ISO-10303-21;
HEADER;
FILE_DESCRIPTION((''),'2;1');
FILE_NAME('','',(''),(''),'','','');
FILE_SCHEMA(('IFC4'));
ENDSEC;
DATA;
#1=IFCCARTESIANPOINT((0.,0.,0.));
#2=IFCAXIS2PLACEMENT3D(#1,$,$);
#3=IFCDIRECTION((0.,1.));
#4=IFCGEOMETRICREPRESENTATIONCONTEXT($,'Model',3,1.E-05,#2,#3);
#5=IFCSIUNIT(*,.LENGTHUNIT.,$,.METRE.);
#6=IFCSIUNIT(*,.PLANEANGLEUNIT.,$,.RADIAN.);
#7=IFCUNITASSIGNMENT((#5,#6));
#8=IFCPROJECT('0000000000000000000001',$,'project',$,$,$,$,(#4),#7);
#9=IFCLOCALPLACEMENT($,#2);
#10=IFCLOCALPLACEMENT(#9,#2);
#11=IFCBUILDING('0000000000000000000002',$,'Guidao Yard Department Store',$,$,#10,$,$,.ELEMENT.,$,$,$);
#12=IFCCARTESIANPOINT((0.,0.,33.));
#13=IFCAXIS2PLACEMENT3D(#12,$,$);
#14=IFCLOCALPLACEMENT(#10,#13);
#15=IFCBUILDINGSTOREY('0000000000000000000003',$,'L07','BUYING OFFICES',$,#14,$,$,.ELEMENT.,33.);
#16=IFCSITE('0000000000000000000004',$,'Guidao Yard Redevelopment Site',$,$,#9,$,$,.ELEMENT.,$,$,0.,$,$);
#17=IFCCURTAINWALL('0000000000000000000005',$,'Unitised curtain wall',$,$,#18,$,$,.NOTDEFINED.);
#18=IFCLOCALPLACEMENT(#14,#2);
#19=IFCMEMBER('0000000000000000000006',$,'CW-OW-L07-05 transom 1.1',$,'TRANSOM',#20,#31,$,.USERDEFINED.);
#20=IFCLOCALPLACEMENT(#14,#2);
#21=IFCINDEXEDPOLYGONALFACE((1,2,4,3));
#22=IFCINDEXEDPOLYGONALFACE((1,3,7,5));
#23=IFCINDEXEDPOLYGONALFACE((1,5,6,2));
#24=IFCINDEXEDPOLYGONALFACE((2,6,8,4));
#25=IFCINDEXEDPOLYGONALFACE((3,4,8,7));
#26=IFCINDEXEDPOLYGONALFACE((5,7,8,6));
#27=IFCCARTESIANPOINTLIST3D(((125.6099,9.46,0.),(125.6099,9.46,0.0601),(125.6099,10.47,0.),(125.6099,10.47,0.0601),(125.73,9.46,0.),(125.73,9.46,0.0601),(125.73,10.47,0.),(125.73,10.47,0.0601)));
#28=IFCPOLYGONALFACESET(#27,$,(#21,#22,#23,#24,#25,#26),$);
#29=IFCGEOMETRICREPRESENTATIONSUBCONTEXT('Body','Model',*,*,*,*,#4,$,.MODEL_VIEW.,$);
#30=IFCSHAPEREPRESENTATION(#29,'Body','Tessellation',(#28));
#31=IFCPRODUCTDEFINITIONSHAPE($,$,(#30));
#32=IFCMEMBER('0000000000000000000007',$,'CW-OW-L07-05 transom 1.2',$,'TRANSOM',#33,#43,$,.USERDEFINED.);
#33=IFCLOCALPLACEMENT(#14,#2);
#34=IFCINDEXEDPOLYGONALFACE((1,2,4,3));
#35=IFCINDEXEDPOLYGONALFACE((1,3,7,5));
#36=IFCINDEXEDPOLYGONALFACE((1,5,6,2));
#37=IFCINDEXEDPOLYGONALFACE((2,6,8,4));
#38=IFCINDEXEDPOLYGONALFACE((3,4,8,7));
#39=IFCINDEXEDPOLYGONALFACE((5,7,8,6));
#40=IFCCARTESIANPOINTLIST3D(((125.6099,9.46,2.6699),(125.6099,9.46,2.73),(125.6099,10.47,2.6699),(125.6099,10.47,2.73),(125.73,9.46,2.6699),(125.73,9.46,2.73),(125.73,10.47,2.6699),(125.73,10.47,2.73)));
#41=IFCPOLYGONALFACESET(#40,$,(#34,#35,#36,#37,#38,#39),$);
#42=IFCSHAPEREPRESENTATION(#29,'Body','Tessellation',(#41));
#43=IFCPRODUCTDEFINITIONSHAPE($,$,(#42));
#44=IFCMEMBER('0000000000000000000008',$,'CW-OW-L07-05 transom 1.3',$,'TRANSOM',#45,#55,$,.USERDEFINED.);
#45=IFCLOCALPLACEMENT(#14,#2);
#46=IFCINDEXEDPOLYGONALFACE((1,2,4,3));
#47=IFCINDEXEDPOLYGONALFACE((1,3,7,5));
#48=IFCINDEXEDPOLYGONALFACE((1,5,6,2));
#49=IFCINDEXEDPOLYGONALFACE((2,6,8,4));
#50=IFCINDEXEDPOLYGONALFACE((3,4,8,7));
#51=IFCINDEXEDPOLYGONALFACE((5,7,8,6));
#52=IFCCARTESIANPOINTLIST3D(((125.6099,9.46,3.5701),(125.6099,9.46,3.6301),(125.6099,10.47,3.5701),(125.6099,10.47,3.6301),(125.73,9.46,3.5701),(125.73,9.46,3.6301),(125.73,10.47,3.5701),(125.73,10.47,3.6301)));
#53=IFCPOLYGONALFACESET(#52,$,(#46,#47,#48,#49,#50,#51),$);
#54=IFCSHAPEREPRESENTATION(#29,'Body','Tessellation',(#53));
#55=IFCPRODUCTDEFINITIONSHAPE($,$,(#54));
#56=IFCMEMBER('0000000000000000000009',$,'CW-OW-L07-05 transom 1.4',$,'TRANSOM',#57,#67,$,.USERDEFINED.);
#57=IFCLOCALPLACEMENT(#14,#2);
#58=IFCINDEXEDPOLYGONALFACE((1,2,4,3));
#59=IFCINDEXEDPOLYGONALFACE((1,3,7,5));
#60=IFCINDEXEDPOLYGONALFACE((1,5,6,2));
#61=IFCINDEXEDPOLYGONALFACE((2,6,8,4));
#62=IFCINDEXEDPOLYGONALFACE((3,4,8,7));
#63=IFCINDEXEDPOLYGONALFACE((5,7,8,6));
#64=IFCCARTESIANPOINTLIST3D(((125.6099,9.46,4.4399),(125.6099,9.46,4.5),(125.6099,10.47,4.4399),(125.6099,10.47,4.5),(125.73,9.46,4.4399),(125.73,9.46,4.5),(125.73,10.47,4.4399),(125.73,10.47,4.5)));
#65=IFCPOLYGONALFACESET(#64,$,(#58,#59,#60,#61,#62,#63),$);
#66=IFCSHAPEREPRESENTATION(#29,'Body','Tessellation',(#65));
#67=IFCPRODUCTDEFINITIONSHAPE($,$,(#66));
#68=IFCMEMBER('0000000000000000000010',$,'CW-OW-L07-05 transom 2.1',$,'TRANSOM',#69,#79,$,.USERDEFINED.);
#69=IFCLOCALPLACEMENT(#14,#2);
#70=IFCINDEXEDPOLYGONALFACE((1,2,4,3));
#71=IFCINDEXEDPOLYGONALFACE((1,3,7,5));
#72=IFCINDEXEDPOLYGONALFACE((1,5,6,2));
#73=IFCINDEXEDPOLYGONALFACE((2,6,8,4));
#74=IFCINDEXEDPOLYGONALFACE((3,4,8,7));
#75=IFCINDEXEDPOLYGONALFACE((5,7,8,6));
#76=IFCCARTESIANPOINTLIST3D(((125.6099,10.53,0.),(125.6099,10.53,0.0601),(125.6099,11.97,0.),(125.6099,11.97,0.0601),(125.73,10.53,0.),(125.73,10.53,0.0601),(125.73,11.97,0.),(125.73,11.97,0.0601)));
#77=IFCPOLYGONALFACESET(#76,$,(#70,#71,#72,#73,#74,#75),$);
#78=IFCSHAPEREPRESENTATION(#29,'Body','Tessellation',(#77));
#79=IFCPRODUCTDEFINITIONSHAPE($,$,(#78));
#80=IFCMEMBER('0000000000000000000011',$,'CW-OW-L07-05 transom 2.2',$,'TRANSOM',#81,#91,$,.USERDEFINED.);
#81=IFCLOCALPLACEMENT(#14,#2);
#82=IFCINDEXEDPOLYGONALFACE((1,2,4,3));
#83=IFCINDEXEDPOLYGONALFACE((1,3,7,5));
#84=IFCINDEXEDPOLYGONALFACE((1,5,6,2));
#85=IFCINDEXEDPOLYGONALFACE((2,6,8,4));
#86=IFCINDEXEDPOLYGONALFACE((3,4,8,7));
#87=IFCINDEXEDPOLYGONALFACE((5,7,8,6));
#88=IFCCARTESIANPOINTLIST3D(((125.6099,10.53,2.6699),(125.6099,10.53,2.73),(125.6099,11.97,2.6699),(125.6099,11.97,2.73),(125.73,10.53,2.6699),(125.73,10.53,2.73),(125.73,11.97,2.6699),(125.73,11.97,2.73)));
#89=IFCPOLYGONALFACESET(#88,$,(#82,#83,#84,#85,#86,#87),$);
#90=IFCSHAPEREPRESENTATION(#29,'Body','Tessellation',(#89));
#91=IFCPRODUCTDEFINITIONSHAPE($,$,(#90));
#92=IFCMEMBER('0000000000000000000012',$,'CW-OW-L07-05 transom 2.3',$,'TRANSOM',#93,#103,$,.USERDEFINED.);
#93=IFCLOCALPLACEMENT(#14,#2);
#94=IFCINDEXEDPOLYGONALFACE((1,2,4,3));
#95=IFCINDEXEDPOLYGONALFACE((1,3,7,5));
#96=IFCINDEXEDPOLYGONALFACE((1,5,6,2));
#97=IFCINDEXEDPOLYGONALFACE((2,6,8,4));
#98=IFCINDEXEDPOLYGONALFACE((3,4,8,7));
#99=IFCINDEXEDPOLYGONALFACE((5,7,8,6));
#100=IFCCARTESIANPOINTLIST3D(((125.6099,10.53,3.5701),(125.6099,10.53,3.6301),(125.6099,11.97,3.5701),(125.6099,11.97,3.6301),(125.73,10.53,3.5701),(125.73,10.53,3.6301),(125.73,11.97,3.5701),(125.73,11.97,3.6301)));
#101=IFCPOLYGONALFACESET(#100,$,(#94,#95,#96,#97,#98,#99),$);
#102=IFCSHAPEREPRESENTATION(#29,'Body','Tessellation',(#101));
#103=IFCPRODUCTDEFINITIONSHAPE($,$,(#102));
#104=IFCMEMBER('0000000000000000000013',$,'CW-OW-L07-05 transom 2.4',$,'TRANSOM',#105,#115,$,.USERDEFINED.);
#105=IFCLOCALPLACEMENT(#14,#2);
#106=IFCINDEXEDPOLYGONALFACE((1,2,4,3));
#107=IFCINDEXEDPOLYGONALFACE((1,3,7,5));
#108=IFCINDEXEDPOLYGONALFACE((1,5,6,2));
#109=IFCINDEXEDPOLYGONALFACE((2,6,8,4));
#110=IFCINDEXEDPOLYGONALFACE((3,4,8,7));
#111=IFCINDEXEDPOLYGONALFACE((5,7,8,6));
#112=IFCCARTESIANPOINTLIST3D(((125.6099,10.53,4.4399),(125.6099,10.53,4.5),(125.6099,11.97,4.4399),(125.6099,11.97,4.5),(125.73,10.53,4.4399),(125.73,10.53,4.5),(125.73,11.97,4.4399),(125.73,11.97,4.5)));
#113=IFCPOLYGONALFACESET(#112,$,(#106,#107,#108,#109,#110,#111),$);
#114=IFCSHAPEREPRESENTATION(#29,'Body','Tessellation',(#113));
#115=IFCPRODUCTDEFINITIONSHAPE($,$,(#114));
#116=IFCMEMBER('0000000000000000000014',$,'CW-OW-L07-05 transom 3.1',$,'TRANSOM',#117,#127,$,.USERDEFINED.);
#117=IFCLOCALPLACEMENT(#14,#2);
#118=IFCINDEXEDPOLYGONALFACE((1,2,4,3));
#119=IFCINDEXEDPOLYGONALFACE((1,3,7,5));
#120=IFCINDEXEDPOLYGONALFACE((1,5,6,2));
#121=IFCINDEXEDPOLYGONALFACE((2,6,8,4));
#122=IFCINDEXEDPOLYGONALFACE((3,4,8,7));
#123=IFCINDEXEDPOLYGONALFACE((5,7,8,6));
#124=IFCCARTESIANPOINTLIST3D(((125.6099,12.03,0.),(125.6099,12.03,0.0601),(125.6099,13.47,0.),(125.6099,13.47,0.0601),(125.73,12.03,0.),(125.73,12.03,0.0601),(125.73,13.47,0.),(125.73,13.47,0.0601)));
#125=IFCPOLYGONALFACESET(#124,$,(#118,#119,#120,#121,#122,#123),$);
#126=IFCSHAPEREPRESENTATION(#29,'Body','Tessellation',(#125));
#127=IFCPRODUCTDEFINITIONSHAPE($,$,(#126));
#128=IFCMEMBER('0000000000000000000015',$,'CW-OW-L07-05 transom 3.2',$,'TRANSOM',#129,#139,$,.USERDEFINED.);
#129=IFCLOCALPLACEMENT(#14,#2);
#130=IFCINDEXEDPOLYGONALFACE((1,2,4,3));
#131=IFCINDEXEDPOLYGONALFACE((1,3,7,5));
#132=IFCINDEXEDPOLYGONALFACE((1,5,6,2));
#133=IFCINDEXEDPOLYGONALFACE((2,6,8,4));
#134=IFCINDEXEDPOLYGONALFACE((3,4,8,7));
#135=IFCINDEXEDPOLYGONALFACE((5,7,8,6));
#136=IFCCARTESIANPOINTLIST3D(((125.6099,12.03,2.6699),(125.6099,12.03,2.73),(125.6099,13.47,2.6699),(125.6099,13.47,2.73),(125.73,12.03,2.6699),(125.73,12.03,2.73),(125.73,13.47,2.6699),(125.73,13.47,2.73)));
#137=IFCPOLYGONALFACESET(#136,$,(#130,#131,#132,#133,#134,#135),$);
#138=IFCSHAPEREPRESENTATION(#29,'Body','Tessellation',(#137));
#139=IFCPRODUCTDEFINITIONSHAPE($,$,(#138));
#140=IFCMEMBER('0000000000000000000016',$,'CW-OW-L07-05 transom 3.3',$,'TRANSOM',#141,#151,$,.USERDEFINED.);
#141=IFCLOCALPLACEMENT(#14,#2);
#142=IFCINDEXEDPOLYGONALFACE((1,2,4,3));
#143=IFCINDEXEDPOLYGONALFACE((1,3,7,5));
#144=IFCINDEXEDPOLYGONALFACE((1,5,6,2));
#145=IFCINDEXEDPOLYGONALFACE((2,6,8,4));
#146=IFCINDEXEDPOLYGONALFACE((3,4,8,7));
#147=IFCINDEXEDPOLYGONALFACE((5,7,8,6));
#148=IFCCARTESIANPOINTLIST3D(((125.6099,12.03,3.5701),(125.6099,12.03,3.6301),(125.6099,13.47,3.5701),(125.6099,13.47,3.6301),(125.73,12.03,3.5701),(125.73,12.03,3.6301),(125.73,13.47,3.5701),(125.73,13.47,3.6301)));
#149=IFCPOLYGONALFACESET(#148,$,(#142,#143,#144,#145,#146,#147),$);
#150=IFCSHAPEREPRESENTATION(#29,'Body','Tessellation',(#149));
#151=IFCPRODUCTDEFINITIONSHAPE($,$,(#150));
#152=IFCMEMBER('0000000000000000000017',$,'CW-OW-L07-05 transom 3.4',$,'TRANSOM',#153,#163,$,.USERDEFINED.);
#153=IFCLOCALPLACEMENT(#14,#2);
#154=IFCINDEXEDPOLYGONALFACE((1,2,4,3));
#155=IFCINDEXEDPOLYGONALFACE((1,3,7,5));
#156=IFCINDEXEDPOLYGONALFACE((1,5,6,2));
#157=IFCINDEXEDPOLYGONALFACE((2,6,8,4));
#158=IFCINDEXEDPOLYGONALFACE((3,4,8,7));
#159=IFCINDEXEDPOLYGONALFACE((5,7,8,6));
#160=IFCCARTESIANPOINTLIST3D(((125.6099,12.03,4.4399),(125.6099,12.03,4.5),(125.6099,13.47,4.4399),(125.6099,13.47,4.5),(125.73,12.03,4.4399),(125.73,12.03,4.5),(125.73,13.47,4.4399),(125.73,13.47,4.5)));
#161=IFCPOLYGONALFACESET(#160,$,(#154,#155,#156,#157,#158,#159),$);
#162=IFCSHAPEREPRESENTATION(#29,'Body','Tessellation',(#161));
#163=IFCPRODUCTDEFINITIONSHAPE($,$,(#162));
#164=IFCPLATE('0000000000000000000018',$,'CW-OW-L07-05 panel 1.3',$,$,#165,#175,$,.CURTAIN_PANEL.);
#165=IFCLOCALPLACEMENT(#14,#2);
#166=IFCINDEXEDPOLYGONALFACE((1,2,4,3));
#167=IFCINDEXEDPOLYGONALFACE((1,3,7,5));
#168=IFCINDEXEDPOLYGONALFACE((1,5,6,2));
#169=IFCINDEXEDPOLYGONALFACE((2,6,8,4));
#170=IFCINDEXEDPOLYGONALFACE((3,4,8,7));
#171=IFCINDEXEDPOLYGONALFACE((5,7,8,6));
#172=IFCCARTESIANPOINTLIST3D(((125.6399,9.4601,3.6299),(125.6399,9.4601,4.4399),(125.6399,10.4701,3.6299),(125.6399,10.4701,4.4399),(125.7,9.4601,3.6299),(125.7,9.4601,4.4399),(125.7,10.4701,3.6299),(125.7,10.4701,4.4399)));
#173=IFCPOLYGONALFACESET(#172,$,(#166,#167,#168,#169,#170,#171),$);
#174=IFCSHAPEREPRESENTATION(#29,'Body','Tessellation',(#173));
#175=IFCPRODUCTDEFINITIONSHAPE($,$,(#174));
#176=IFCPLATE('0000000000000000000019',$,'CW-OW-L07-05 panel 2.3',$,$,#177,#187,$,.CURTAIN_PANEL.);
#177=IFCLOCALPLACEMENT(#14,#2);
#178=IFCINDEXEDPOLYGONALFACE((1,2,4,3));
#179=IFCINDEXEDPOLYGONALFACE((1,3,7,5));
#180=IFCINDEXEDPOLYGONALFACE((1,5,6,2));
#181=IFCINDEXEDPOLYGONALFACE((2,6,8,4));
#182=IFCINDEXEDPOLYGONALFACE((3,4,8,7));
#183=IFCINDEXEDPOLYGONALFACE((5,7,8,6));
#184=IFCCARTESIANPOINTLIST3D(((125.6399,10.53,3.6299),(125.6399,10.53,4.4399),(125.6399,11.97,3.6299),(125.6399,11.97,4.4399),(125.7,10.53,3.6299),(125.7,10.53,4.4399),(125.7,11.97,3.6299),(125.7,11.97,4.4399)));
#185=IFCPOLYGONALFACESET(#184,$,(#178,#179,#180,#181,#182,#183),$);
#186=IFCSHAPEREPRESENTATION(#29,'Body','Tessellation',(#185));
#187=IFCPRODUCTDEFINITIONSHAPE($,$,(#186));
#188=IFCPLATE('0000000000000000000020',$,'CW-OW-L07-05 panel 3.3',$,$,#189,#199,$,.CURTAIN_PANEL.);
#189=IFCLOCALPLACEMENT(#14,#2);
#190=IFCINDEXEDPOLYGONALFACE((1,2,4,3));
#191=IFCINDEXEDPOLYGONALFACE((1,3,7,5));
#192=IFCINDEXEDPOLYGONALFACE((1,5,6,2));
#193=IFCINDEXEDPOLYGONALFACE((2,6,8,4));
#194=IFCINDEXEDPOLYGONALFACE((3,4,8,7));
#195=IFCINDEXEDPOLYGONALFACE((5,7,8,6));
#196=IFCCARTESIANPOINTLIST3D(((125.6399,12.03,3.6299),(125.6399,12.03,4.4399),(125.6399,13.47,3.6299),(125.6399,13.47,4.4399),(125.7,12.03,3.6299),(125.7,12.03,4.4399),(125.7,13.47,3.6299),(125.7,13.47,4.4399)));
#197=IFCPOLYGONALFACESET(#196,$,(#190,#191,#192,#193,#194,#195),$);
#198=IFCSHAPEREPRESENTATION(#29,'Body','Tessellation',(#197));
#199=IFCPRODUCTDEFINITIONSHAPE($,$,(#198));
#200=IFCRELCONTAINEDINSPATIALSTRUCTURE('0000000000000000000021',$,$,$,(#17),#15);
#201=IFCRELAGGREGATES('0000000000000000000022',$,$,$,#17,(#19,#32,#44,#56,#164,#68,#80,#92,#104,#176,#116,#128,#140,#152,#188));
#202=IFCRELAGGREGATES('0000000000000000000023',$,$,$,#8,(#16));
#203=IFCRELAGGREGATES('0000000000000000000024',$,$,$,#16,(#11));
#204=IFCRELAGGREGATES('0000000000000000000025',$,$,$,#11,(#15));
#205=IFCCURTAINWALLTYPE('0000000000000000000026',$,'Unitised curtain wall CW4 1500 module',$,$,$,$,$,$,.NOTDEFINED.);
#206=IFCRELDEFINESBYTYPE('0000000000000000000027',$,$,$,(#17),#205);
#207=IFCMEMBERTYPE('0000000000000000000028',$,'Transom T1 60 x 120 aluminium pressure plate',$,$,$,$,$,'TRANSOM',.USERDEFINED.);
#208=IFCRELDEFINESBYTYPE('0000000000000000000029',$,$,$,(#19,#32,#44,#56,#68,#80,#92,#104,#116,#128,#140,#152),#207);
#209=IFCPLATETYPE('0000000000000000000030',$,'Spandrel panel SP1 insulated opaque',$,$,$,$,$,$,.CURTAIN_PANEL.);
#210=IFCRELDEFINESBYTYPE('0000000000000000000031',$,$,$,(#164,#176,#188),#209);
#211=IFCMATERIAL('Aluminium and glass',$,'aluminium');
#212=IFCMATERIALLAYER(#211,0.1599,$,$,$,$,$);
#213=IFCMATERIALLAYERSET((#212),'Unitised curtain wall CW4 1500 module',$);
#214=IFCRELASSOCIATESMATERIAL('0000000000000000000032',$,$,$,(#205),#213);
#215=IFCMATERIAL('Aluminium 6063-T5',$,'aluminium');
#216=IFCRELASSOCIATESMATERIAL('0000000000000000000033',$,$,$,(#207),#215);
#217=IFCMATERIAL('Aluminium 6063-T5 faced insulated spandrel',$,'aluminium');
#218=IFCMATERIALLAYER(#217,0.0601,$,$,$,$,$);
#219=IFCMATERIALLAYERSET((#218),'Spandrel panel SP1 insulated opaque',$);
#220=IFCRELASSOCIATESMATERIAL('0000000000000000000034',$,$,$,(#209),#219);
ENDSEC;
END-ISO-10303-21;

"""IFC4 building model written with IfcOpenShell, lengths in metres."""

from ifc_helpers import new_model, si_unit, direction, frame, origin, origin_2d, place, context, subcontext, project, spatial, rectangle, extrude, material, layer, layer_set, material_profile, profile_set, type_object, element, aggregate, save


model = new_model("IFC4")

# Units and contexts
model_context = context("Model", 3, precision=1e-05, world=origin(), true_north=direction((0.0, 1.0)))
body_context = subcontext(model_context, "Body", "Model", "MODEL_VIEW")
ifc_project = project(units=[si_unit("LENGTHUNIT", "METRE"), si_unit("PLANEANGLEUNIT", "RADIAN")], contexts=[model_context])

# Site, building, storey
site_placement = place(None, origin())
site = spatial("IfcSite", under=ifc_project, at=site_placement, Name="Guidao Yard Redevelopment Site", CompositionType="ELEMENT", RefElevation=0.0)
building_placement = place(site_placement, origin())
building = spatial("IfcBuilding", under=site, at=building_placement, Name="Guidao Yard Department Store", CompositionType="ELEMENT")
storey_placement = place(building_placement, frame((0.0, 0.0, 33.0)))
storey = spatial("IfcBuildingStorey", under=building, at=storey_placement, Name="L07", Description="BUYING OFFICES", CompositionType="ELEMENT", Elevation=33.0)

# Curtain wall, members, plates
ifc_material_1 = material(Name="Aluminium and glass", Category="aluminium")
ifc_layer_1 = layer(ifc_material_1, 0.1599)
ifc_layer_set_1 = layer_set([ifc_layer_1], Name="Unitised curtain wall CW4 1500 module")
curtain_wall_type = type_object("IfcCurtainWallType", Name="Unitised curtain wall CW4 1500 module", PredefinedType="NOTDEFINED", material=ifc_layer_set_1)
curtain_wall_placement = place(storey_placement, origin())
curtain_wall = element("IfcCurtainWall", 1, at=curtain_wall_placement, inside=storey, type_object=curtain_wall_type, Name="Unitised curtain wall", PredefinedType="NOTDEFINED")
ifc_material_2 = material(Name="Aluminium 6063-T5", Category="aluminium")
ifc_material_profile = material_profile(ifc_material_2, rectangle(XDim=0.1201, YDim=0.0601, at=origin_2d()), Name="Transom T1 60 x 120 aluminium pressure plate")
ifc_profile_set = profile_set([ifc_material_profile], Name="Aluminium 6063-T5")
member_type = type_object("IfcMemberType", Name="Transom T1 60 x 120 aluminium pressure plate", ElementType="TRANSOM", PredefinedType="USERDEFINED", material=ifc_profile_set)
member_1_placement = place(storey_placement, frame((125.6699, 9.46, 0.03), z_axis=(0.0, 1.0, 0.0), x_axis=(-1.0, 0.0, 0.0)))
member_1 = element("IfcMember", 2, at=member_1_placement, type_object=member_type, Name="CW-OW-L07-05 transom 1.1", ObjectType="TRANSOM", PredefinedType="USERDEFINED", context=body_context, shape_type="SweptSolid", body=[
    extrude(rectangle(XDim=0.1201, YDim=0.0601, at=origin_2d()), origin(), (0.0, 0.0, 1.0), 1.01),
])
member_2_placement = place(storey_placement, frame((125.6699, 9.46, 2.7), z_axis=(0.0, 1.0, 0.0), x_axis=(-1.0, 0.0, 0.0)))
member_2 = element("IfcMember", 3, at=member_2_placement, type_object=member_type, Name="CW-OW-L07-05 transom 1.2", ObjectType="TRANSOM", PredefinedType="USERDEFINED", context=body_context, shape_type="SweptSolid", body=[
    extrude(rectangle(XDim=0.1201, YDim=0.0601, at=origin_2d()), origin(), (0.0, 0.0, 1.0), 1.01),
])
member_3_placement = place(storey_placement, frame((125.6699, 9.46, 3.6001), z_axis=(0.0, 1.0, 0.0), x_axis=(-1.0, 0.0, 0.0)))
member_3 = element("IfcMember", 4, at=member_3_placement, type_object=member_type, Name="CW-OW-L07-05 transom 1.3", ObjectType="TRANSOM", PredefinedType="USERDEFINED", context=body_context, shape_type="SweptSolid", body=[
    extrude(rectangle(XDim=0.1201, YDim=0.0601, at=origin_2d()), origin(), (0.0, 0.0, 1.0), 1.01),
])
member_4_placement = place(storey_placement, frame((125.6699, 9.46, 4.47), z_axis=(0.0, 1.0, 0.0), x_axis=(-1.0, 0.0, 0.0)))
member_4 = element("IfcMember", 5, at=member_4_placement, type_object=member_type, Name="CW-OW-L07-05 transom 1.4", ObjectType="TRANSOM", PredefinedType="USERDEFINED", context=body_context, shape_type="SweptSolid", body=[
    extrude(rectangle(XDim=0.1201, YDim=0.0601, at=origin_2d()), origin(), (0.0, 0.0, 1.0), 1.01),
])
member_5_placement = place(storey_placement, frame((125.6699, 10.53, 0.03), z_axis=(0.0, 1.0, 0.0), x_axis=(-1.0, 0.0, 0.0)))
member_5 = element("IfcMember", 6, at=member_5_placement, type_object=member_type, Name="CW-OW-L07-05 transom 2.1", ObjectType="TRANSOM", PredefinedType="USERDEFINED", context=body_context, shape_type="SweptSolid", body=[
    extrude(rectangle(XDim=0.1201, YDim=0.0601, at=origin_2d()), origin(), (0.0, 0.0, 1.0), 1.4399),
])
member_6_placement = place(storey_placement, frame((125.6699, 10.53, 2.7), z_axis=(0.0, 1.0, 0.0), x_axis=(-1.0, 0.0, 0.0)))
member_6 = element("IfcMember", 7, at=member_6_placement, type_object=member_type, Name="CW-OW-L07-05 transom 2.2", ObjectType="TRANSOM", PredefinedType="USERDEFINED", context=body_context, shape_type="SweptSolid", body=[
    extrude(rectangle(XDim=0.1201, YDim=0.0601, at=origin_2d()), origin(), (0.0, 0.0, 1.0), 1.4399),
])
member_7_placement = place(storey_placement, frame((125.6699, 10.53, 3.6001), z_axis=(0.0, 1.0, 0.0), x_axis=(-1.0, 0.0, 0.0)))
member_7 = element("IfcMember", 8, at=member_7_placement, type_object=member_type, Name="CW-OW-L07-05 transom 2.3", ObjectType="TRANSOM", PredefinedType="USERDEFINED", context=body_context, shape_type="SweptSolid", body=[
    extrude(rectangle(XDim=0.1201, YDim=0.0601, at=origin_2d()), origin(), (0.0, 0.0, 1.0), 1.4399),
])
member_8_placement = place(storey_placement, frame((125.6699, 10.53, 4.47), z_axis=(0.0, 1.0, 0.0), x_axis=(-1.0, 0.0, 0.0)))
member_8 = element("IfcMember", 9, at=member_8_placement, type_object=member_type, Name="CW-OW-L07-05 transom 2.4", ObjectType="TRANSOM", PredefinedType="USERDEFINED", context=body_context, shape_type="SweptSolid", body=[
    extrude(rectangle(XDim=0.1201, YDim=0.0601, at=origin_2d()), origin(), (0.0, 0.0, 1.0), 1.4399),
])
member_9_placement = place(storey_placement, frame((125.6699, 12.03, 0.03), z_axis=(0.0, 1.0, 0.0), x_axis=(-1.0, 0.0, 0.0)))
member_9 = element("IfcMember", 10, at=member_9_placement, type_object=member_type, Name="CW-OW-L07-05 transom 3.1", ObjectType="TRANSOM", PredefinedType="USERDEFINED", context=body_context, shape_type="SweptSolid", body=[
    extrude(rectangle(XDim=0.1201, YDim=0.0601, at=origin_2d()), origin(), (0.0, 0.0, 1.0), 1.4399),
])
member_10_placement = place(storey_placement, frame((125.6699, 12.03, 2.7), z_axis=(0.0, 1.0, 0.0), x_axis=(-1.0, 0.0, 0.0)))
member_10 = element("IfcMember", 11, at=member_10_placement, type_object=member_type, Name="CW-OW-L07-05 transom 3.2", ObjectType="TRANSOM", PredefinedType="USERDEFINED", context=body_context, shape_type="SweptSolid", body=[
    extrude(rectangle(XDim=0.1201, YDim=0.0601, at=origin_2d()), origin(), (0.0, 0.0, 1.0), 1.4399),
])
member_11_placement = place(storey_placement, frame((125.6699, 12.03, 3.6001), z_axis=(0.0, 1.0, 0.0), x_axis=(-1.0, 0.0, 0.0)))
member_11 = element("IfcMember", 12, at=member_11_placement, type_object=member_type, Name="CW-OW-L07-05 transom 3.3", ObjectType="TRANSOM", PredefinedType="USERDEFINED", context=body_context, shape_type="SweptSolid", body=[
    extrude(rectangle(XDim=0.1201, YDim=0.0601, at=origin_2d()), origin(), (0.0, 0.0, 1.0), 1.4399),
])
member_12_placement = place(storey_placement, frame((125.6699, 12.03, 4.47), z_axis=(0.0, 1.0, 0.0), x_axis=(-1.0, 0.0, 0.0)))
member_12 = element("IfcMember", 13, at=member_12_placement, type_object=member_type, Name="CW-OW-L07-05 transom 3.4", ObjectType="TRANSOM", PredefinedType="USERDEFINED", context=body_context, shape_type="SweptSolid", body=[
    extrude(rectangle(XDim=0.1201, YDim=0.0601, at=origin_2d()), origin(), (0.0, 0.0, 1.0), 1.4399),
])
ifc_material_3 = material(Name="Aluminium 6063-T5 faced insulated spandrel", Category="aluminium")
ifc_layer_2 = layer(ifc_material_3, 0.0601)
ifc_layer_set_2 = layer_set([ifc_layer_2], Name="Spandrel panel SP1 insulated opaque")
plate_type_1 = type_object("IfcPlateType", Name="Spandrel panel SP1 insulated opaque", PredefinedType="CURTAIN_PANEL", material=ifc_layer_set_2)
plate_1_placement = place(storey_placement, frame((125.6699, 9.9651, 3.6299), z_axis=(0.0, 0.0, 1.0), x_axis=(0.0, 1.0, 0.0)))
plate_1 = element("IfcPlate", 14, at=plate_1_placement, type_object=plate_type_1, Name="CW-OW-L07-05 panel 1.3", PredefinedType="CURTAIN_PANEL", context=body_context, shape_type="SweptSolid", body=[
    extrude(rectangle(XDim=1.01, YDim=0.0601, at=origin_2d()), origin(), (0.0, 0.0, 1.0), 0.8101),
])
plate_2_placement = place(storey_placement, frame((125.6699, 11.25, 3.6299), z_axis=(0.0, 0.0, 1.0), x_axis=(0.0, 1.0, 0.0)))
plate_2 = element("IfcPlate", 15, at=plate_2_placement, type_object=plate_type_1, Name="CW-OW-L07-05 panel 2.3", PredefinedType="CURTAIN_PANEL", context=body_context, shape_type="SweptSolid", body=[
    extrude(rectangle(XDim=1.4399, YDim=0.0601, at=origin_2d()), origin(), (0.0, 0.0, 1.0), 0.8101),
])
plate_3_placement = place(storey_placement, frame((125.6699, 12.75, 3.6299), z_axis=(0.0, 0.0, 1.0), x_axis=(0.0, 1.0, 0.0)))
plate_3 = element("IfcPlate", 16, at=plate_3_placement, type_object=plate_type_1, Name="CW-OW-L07-05 panel 3.3", PredefinedType="CURTAIN_PANEL", context=body_context, shape_type="SweptSolid", body=[
    extrude(rectangle(XDim=1.4399, YDim=0.0601, at=origin_2d()), origin(), (0.0, 0.0, 1.0), 0.8101),
])
aggregate(curtain_wall, [member_1, member_2, member_3, member_4, plate_1, member_5, member_6, member_7, member_8, plate_2, member_9, member_10, member_11, member_12, plate_3])

save(model, "model.ifc")
